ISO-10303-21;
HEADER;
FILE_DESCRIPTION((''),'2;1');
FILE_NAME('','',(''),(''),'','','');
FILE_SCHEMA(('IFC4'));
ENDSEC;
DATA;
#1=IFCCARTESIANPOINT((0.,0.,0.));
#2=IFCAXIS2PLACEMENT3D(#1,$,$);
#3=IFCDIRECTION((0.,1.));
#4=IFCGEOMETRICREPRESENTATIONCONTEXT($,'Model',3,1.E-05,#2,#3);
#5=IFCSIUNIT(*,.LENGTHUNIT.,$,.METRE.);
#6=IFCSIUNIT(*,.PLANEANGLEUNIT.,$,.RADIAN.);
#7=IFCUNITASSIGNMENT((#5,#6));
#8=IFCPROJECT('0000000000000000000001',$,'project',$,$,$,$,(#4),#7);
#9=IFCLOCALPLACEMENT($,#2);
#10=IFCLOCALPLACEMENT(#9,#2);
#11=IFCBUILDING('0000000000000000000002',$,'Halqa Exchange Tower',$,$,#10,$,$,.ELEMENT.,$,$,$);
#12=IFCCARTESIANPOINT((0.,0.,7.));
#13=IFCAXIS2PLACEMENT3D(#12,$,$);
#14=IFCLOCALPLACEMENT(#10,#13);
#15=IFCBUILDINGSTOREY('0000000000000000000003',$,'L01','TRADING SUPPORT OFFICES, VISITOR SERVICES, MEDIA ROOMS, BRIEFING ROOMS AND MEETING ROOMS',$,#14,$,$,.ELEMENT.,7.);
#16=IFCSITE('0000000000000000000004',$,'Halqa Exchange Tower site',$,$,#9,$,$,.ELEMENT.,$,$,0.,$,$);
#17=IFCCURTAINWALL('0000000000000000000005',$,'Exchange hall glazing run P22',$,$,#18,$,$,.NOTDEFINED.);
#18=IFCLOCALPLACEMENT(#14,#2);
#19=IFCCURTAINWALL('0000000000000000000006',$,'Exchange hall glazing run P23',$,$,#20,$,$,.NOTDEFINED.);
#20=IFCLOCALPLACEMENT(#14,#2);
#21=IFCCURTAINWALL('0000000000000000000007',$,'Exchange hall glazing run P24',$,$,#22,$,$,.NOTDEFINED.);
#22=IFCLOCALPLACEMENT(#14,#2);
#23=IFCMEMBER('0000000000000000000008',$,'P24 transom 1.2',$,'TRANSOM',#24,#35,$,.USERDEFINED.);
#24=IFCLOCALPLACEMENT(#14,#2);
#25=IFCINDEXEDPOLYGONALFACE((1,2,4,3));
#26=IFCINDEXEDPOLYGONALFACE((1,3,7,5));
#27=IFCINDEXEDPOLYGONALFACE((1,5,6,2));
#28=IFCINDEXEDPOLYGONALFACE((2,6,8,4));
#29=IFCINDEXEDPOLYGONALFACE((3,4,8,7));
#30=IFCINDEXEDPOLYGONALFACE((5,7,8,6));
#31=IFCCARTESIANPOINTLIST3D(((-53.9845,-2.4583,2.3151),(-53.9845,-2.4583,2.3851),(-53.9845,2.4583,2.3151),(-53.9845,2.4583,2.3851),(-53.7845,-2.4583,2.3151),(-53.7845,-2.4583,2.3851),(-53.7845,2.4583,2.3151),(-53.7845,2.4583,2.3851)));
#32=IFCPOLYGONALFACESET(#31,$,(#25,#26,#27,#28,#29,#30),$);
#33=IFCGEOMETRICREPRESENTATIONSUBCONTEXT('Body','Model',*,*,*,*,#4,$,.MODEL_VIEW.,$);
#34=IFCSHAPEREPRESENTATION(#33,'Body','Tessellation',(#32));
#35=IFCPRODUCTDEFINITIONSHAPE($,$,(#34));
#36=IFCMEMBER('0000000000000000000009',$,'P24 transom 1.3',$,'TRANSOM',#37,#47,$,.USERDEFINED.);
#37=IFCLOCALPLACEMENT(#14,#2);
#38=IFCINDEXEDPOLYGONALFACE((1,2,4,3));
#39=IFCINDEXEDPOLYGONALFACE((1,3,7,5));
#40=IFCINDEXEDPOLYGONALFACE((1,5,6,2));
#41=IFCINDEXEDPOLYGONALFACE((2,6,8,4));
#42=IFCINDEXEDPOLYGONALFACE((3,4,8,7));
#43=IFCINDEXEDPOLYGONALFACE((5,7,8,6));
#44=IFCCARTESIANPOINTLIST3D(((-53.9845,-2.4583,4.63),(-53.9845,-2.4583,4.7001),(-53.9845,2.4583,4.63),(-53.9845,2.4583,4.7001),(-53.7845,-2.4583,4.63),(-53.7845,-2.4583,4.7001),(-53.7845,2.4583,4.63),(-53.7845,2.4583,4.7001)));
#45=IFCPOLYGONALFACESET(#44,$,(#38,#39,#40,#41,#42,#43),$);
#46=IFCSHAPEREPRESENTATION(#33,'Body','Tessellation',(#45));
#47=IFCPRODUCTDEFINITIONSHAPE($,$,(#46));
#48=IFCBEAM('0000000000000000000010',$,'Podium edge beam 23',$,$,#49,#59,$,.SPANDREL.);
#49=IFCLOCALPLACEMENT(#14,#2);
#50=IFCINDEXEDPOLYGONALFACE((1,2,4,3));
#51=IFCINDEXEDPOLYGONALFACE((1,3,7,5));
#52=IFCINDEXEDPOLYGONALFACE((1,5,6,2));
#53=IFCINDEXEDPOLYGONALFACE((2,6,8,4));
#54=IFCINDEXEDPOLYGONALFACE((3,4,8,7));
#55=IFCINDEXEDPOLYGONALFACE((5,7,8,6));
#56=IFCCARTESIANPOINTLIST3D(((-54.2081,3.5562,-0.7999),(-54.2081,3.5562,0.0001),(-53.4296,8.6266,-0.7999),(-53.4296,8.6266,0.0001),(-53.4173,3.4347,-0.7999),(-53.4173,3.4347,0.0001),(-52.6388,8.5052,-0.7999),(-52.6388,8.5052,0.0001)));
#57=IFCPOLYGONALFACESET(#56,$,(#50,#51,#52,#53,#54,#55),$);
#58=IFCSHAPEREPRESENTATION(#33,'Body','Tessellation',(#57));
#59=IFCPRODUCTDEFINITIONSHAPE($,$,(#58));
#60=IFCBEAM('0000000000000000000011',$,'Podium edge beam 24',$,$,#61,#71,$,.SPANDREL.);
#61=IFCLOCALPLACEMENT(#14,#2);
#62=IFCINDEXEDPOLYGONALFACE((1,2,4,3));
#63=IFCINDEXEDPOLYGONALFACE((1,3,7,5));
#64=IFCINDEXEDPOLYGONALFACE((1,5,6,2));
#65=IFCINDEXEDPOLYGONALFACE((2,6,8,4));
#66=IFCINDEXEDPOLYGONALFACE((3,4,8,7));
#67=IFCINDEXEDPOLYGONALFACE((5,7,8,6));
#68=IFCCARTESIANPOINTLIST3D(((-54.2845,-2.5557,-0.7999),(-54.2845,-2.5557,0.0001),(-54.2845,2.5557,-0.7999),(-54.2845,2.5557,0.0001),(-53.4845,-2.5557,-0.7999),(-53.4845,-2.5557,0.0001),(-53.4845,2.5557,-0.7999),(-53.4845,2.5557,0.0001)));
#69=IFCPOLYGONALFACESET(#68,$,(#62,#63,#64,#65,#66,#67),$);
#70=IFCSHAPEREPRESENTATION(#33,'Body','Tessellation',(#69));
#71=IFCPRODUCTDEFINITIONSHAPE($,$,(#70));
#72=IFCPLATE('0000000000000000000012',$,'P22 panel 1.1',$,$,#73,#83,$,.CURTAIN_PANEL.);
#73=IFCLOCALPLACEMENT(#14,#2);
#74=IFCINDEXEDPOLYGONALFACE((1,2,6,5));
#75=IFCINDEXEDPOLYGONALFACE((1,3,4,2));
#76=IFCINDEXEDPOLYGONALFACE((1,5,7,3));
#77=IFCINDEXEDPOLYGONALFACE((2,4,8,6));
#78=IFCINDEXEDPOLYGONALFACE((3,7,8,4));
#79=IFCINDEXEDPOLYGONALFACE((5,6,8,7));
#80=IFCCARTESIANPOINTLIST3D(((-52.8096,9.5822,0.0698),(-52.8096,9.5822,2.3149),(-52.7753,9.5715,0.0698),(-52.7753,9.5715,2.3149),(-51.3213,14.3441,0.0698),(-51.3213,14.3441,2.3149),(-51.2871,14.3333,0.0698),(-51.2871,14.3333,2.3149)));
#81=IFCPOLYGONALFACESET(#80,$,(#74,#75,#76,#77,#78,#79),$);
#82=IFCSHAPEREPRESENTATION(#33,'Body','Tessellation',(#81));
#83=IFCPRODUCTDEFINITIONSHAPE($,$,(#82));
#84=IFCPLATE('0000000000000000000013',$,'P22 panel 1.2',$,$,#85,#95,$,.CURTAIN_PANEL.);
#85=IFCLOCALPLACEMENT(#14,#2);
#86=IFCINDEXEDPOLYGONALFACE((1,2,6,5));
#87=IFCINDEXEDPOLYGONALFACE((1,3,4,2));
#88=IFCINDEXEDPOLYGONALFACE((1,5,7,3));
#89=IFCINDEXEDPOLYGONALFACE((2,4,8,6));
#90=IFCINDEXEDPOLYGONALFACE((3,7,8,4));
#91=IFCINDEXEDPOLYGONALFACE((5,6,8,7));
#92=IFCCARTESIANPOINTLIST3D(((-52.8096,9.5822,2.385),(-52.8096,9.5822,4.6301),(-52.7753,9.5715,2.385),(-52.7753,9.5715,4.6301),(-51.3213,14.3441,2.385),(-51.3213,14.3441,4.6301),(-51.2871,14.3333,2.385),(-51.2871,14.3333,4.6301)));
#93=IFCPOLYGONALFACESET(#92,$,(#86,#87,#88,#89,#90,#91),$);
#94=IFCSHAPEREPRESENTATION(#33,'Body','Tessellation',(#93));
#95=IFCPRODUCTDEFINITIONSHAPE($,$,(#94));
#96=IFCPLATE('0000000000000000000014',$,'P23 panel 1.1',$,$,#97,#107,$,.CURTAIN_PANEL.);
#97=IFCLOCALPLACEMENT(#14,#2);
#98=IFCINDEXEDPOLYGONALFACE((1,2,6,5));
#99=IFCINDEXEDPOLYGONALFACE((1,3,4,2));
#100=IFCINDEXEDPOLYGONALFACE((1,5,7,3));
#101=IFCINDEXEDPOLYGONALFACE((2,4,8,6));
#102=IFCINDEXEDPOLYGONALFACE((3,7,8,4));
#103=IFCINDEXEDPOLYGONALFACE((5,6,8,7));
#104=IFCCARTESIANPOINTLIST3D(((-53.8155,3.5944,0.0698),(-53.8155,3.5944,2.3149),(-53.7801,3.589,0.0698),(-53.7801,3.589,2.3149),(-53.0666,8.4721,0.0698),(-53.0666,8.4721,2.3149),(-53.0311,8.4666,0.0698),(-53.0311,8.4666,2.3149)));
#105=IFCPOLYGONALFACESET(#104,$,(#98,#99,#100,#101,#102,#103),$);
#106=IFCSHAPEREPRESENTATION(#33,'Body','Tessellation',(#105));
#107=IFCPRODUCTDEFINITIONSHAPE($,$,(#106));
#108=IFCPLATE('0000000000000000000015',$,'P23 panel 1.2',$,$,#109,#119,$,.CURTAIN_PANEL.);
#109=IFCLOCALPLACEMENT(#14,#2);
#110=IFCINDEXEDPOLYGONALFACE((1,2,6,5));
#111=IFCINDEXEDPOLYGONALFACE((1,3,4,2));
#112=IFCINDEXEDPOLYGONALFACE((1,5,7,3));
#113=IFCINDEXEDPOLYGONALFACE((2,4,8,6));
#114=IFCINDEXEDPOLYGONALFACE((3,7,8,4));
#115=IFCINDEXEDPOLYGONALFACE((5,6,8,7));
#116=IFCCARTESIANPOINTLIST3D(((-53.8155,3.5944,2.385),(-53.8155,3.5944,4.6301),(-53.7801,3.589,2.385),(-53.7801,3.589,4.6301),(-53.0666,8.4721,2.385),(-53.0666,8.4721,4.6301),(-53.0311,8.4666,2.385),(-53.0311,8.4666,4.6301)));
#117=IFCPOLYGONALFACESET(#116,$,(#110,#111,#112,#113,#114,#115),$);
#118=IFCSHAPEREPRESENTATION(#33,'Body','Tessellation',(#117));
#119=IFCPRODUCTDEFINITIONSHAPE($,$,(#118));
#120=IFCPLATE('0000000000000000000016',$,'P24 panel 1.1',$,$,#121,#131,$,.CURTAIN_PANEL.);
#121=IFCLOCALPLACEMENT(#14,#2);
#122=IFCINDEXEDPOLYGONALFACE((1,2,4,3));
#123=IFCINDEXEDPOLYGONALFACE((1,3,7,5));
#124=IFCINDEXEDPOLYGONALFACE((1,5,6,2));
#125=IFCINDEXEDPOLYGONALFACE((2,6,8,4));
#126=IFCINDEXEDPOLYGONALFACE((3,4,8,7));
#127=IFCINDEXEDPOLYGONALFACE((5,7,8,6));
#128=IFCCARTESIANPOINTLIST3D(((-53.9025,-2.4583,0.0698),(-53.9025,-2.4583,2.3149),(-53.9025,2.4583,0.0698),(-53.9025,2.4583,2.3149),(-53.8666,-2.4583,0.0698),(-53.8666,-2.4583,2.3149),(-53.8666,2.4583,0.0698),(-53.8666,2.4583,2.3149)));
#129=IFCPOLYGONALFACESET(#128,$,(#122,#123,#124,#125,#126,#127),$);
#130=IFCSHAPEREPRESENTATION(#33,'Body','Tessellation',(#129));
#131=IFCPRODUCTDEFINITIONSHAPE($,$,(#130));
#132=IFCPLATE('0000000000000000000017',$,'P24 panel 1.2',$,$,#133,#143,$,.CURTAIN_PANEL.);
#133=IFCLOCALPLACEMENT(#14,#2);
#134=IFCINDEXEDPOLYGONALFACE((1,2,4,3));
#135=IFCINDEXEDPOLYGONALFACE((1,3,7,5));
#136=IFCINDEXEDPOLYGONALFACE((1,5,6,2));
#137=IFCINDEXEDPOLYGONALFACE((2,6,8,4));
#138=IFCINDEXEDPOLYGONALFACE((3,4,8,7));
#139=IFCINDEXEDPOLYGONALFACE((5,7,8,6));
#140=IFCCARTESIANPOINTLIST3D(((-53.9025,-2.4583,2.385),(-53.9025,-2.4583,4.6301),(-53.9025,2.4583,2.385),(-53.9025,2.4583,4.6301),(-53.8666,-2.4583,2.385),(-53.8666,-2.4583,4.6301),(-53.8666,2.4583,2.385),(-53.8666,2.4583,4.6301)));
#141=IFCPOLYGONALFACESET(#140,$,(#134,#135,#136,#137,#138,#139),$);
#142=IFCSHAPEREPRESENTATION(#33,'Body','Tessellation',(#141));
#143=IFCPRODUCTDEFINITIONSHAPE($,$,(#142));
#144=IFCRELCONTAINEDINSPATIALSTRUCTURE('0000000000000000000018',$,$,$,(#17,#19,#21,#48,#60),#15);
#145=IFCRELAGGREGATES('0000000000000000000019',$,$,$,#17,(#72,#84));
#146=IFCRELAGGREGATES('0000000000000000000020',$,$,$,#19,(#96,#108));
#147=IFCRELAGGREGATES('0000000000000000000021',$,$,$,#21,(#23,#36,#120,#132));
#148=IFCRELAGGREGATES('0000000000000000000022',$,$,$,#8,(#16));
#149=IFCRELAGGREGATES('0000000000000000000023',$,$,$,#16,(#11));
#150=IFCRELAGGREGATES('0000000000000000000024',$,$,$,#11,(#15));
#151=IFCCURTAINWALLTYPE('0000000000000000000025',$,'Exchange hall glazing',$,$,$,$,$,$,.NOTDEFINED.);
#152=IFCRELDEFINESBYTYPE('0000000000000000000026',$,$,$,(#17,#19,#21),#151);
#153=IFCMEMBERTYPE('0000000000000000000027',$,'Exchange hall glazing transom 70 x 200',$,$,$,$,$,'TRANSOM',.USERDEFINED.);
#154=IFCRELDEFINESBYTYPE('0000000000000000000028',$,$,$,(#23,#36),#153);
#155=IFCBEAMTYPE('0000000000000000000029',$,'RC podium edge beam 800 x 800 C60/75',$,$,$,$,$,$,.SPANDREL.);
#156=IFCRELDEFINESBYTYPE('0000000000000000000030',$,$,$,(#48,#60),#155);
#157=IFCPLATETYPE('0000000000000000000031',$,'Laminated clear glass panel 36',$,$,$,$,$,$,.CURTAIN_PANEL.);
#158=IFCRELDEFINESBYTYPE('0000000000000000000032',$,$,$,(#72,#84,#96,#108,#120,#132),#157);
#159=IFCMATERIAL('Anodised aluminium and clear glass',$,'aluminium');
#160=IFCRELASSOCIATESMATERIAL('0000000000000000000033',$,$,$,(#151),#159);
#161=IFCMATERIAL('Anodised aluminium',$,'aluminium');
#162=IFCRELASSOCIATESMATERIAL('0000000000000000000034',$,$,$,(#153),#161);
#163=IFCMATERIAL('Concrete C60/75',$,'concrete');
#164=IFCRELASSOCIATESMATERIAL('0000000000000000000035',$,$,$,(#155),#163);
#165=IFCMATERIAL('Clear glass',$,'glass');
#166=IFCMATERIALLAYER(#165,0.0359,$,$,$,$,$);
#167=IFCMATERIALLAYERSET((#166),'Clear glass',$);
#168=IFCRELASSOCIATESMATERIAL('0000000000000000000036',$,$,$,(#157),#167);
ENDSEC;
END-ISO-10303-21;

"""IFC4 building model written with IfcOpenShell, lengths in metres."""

from ifc_helpers import new_model, si_unit, direction, frame, origin, origin_2d, place, context, subcontext, project, spatial, rectangle, extrude, material, layer, layer_set, material_profile, profile_set, type_object, element, aggregate, save


model = new_model("IFC4")

# Units and contexts
model_context = context("Model", 3, precision=1e-05, world=origin(), true_north=direction((0.0, 1.0)))
body_context = subcontext(model_context, "Body", "Model", "MODEL_VIEW")
ifc_project = project(units=[si_unit("LENGTHUNIT", "METRE"), si_unit("PLANEANGLEUNIT", "RADIAN")], contexts=[model_context])

# Site, building, storey
site_placement = place(None, origin())
site = spatial("IfcSite", under=ifc_project, at=site_placement, Name="Halqa Exchange Tower site", CompositionType="ELEMENT", RefElevation=0.0)
building_placement = place(site_placement, origin())
building = spatial("IfcBuilding", under=site, at=building_placement, Name="Halqa Exchange Tower", CompositionType="ELEMENT")
storey_placement = place(building_placement, frame((0.0, 0.0, 7.0)))
storey = spatial("IfcBuildingStorey", under=building, at=storey_placement, Name="L01", Description="TRADING SUPPORT OFFICES, VISITOR SERVICES, MEDIA ROOMS, BRIEFING ROOMS AND MEETING ROOMS", CompositionType="ELEMENT", Elevation=7.0)

# Shared definitions
ifc_material_1 = material(Name="Concrete C60/75", Category="concrete")

# Curtain walls
ifc_material_2 = material(Name="Anodised aluminium and clear glass", Category="aluminium")
curtain_wall_type = type_object("IfcCurtainWallType", Name="Exchange hall glazing", PredefinedType="NOTDEFINED", material=ifc_material_2)
curtain_wall_1_placement = place(storey_placement, origin())
curtain_wall_1 = element("IfcCurtainWall", 1, at=curtain_wall_1_placement, inside=storey, type_object=curtain_wall_type, Name="Exchange hall glazing run P22", PredefinedType="NOTDEFINED")
ifc_material_3 = material(Name="Anodised aluminium", Category="aluminium")
curtain_wall_2_placement = place(storey_placement, origin())
curtain_wall_2 = element("IfcCurtainWall", 2, at=curtain_wall_2_placement, inside=storey, type_object=curtain_wall_type, Name="Exchange hall glazing run P23", PredefinedType="NOTDEFINED")

# Curtain wall
curtain_wall_3_placement = place(storey_placement, origin())
curtain_wall_3 = element("IfcCurtainWall", 3, at=curtain_wall_3_placement, inside=storey, type_object=curtain_wall_type, Name="Exchange hall glazing run P24", PredefinedType="NOTDEFINED")

# Members
ifc_material_profile_1 = material_profile(ifc_material_3, rectangle(XDim=0.2, YDim=0.0701, at=origin_2d()), Name="AL 70x200")
ifc_profile_set_1 = profile_set([ifc_material_profile_1], Name="Anodised aluminium")
member_type_1 = type_object("IfcMemberType", Name="Exchange hall glazing transom 70 x 200", ElementType="TRANSOM", PredefinedType="USERDEFINED", material=ifc_profile_set_1)
member_1_placement = place(storey_placement, frame((-53.8845, 2.4583, 2.3501), z_axis=(0.0, -1.0, 0.0), x_axis=(1.0, 0.0, 0.0)))
member_1 = element("IfcMember", 4, at=member_1_placement, type_object=member_type_1, Name="P24 transom 1.2", ObjectType="TRANSOM", PredefinedType="USERDEFINED", context=body_context, shape_type="SweptSolid", body=[
    extrude(rectangle(XDim=0.2, YDim=0.0701, at=origin_2d()), origin(), (0.0, 0.0, 1.0), 4.9165),
])
member_2_placement = place(storey_placement, frame((-53.8845, 2.4583, 4.665), z_axis=(0.0, -1.0, 0.0), x_axis=(1.0, 0.0, 0.0)))
member_2 = element("IfcMember", 5, at=member_2_placement, type_object=member_type_1, Name="P24 transom 1.3", ObjectType="TRANSOM", PredefinedType="USERDEFINED", context=body_context, shape_type="SweptSolid", body=[
    extrude(rectangle(XDim=0.2, YDim=0.0701, at=origin_2d()), origin(), (0.0, 0.0, 1.0), 4.9165),
])

# Beams
ifc_material_profile_2 = material_profile(ifc_material_1, rectangle(XDim=0.8, YDim=0.8, at=origin_2d()), Name="800 x 800")
ifc_profile_set_2 = profile_set([ifc_material_profile_2], Name="Concrete C60/75")
beam_type = type_object("IfcBeamType", Name="RC podium edge beam 800 x 800 C60/75", PredefinedType="SPANDREL", material=ifc_profile_set_2)
beam_1_placement = place(storey_placement, frame((-53.0342, 8.5659, -0.3999), z_axis=(-0.151768, -0.988416, 0.0), x_axis=(0.988416, -0.151768, 0.0)))
element("IfcBeam", 6, at=beam_1_placement, inside=storey, type_object=beam_type, Name="Podium edge beam 23", PredefinedType="SPANDREL", context=body_context, shape_type="SweptSolid", body=[
    extrude(rectangle(XDim=0.8, YDim=0.8, at=origin_2d()), origin(), (0.0, 0.0, 1.0), 5.1299),
])
beam_2_placement = place(storey_placement, frame((-53.8845, 2.5557, -0.3999), z_axis=(0.0, -1.0, 0.0), x_axis=(1.0, 0.0, 0.0)))
element("IfcBeam", 7, at=beam_2_placement, inside=storey, type_object=beam_type, Name="Podium edge beam 24", PredefinedType="SPANDREL", context=body_context, shape_type="SweptSolid", body=[
    extrude(rectangle(XDim=0.8, YDim=0.8, at=origin_2d()), origin(), (0.0, 0.0, 1.0), 5.1113),
])

# Plates
ifc_material_4 = material(Name="Clear glass", Category="glass")
ifc_layer = layer(ifc_material_4, 0.0359)
ifc_layer_set = layer_set([ifc_layer], Name="Clear glass")
plate_type = type_object("IfcPlateType", Name="Laminated clear glass panel 36", PredefinedType="CURTAIN_PANEL", material=ifc_layer_set)
plate_1_placement = place(storey_placement, frame((-52.0483, 11.9578, 0.0698), z_axis=(0.0, 0.0, 1.0), x_axis=(-0.298303, -0.954471, 0.0)))
plate_1 = element("IfcPlate", 8, at=plate_1_placement, type_object=plate_type, Name="P22 panel 1.1", PredefinedType="CURTAIN_PANEL", context=body_context, shape_type="SweptSolid", body=[
    extrude(rectangle(XDim=4.989, YDim=0.0359, at=origin_2d()), origin(), (0.0, 0.0, 1.0), 2.2451),
])
plate_2_placement = place(storey_placement, frame((-52.0483, 11.9578, 2.385), z_axis=(0.0, 0.0, 1.0), x_axis=(-0.298303, -0.954471, 0.0)))
plate_2 = element("IfcPlate", 9, at=plate_2_placement, type_object=plate_type, Name="P22 panel 1.2", PredefinedType="CURTAIN_PANEL", context=body_context, shape_type="SweptSolid", body=[
    extrude(rectangle(XDim=4.989, YDim=0.0359, at=origin_2d()), origin(), (0.0, 0.0, 1.0), 2.2451),
])
aggregate(curtain_wall_1, [plate_1, plate_2])
plate_3_placement = place(storey_placement, frame((-53.4233, 6.0305, 0.0698), z_axis=(0.0, 0.0, 1.0), x_axis=(-0.151767, -0.988416, 0.0)))
plate_3 = element("IfcPlate", 10, at=plate_3_placement, type_object=plate_type, Name="P23 panel 1.1", PredefinedType="CURTAIN_PANEL", context=body_context, shape_type="SweptSolid", body=[
    extrude(rectangle(XDim=4.9348, YDim=0.0359, at=origin_2d()), origin(), (0.0, 0.0, 1.0), 2.2451),
])
plate_4_placement = place(storey_placement, frame((-53.4233, 6.0305, 2.385), z_axis=(0.0, 0.0, 1.0), x_axis=(-0.151767, -0.988416, 0.0)))
plate_4 = element("IfcPlate", 11, at=plate_4_placement, type_object=plate_type, Name="P23 panel 1.2", PredefinedType="CURTAIN_PANEL", context=body_context, shape_type="SweptSolid", body=[
    extrude(rectangle(XDim=4.9348, YDim=0.0359, at=origin_2d()), origin(), (0.0, 0.0, 1.0), 2.2451),
])
aggregate(curtain_wall_2, [plate_3, plate_4])
plate_5_placement = place(storey_placement, frame((-53.8845, 0.0, 0.0698), z_axis=(0.0, 0.0, 1.0), x_axis=(0.0, -1.0, 0.0)))
plate_5 = element("IfcPlate", 12, at=plate_5_placement, type_object=plate_type, Name="P24 panel 1.1", PredefinedType="CURTAIN_PANEL", context=body_context, shape_type="SweptSolid", body=[
    extrude(rectangle(XDim=4.9165, YDim=0.0359, at=origin_2d()), origin(), (0.0, 0.0, 1.0), 2.2451),
])
plate_6_placement = place(storey_placement, frame((-53.8845, 0.0, 2.385), z_axis=(0.0, 0.0, 1.0), x_axis=(0.0, -1.0, 0.0)))
plate_6 = element("IfcPlate", 13, at=plate_6_placement, type_object=plate_type, Name="P24 panel 1.2", PredefinedType="CURTAIN_PANEL", context=body_context, shape_type="SweptSolid", body=[
    extrude(rectangle(XDim=4.9165, YDim=0.0359, at=origin_2d()), origin(), (0.0, 0.0, 1.0), 2.2451),
])
aggregate(curtain_wall_3, [member_1, member_2, plate_5, plate_6])

save(model, "model.ifc")
